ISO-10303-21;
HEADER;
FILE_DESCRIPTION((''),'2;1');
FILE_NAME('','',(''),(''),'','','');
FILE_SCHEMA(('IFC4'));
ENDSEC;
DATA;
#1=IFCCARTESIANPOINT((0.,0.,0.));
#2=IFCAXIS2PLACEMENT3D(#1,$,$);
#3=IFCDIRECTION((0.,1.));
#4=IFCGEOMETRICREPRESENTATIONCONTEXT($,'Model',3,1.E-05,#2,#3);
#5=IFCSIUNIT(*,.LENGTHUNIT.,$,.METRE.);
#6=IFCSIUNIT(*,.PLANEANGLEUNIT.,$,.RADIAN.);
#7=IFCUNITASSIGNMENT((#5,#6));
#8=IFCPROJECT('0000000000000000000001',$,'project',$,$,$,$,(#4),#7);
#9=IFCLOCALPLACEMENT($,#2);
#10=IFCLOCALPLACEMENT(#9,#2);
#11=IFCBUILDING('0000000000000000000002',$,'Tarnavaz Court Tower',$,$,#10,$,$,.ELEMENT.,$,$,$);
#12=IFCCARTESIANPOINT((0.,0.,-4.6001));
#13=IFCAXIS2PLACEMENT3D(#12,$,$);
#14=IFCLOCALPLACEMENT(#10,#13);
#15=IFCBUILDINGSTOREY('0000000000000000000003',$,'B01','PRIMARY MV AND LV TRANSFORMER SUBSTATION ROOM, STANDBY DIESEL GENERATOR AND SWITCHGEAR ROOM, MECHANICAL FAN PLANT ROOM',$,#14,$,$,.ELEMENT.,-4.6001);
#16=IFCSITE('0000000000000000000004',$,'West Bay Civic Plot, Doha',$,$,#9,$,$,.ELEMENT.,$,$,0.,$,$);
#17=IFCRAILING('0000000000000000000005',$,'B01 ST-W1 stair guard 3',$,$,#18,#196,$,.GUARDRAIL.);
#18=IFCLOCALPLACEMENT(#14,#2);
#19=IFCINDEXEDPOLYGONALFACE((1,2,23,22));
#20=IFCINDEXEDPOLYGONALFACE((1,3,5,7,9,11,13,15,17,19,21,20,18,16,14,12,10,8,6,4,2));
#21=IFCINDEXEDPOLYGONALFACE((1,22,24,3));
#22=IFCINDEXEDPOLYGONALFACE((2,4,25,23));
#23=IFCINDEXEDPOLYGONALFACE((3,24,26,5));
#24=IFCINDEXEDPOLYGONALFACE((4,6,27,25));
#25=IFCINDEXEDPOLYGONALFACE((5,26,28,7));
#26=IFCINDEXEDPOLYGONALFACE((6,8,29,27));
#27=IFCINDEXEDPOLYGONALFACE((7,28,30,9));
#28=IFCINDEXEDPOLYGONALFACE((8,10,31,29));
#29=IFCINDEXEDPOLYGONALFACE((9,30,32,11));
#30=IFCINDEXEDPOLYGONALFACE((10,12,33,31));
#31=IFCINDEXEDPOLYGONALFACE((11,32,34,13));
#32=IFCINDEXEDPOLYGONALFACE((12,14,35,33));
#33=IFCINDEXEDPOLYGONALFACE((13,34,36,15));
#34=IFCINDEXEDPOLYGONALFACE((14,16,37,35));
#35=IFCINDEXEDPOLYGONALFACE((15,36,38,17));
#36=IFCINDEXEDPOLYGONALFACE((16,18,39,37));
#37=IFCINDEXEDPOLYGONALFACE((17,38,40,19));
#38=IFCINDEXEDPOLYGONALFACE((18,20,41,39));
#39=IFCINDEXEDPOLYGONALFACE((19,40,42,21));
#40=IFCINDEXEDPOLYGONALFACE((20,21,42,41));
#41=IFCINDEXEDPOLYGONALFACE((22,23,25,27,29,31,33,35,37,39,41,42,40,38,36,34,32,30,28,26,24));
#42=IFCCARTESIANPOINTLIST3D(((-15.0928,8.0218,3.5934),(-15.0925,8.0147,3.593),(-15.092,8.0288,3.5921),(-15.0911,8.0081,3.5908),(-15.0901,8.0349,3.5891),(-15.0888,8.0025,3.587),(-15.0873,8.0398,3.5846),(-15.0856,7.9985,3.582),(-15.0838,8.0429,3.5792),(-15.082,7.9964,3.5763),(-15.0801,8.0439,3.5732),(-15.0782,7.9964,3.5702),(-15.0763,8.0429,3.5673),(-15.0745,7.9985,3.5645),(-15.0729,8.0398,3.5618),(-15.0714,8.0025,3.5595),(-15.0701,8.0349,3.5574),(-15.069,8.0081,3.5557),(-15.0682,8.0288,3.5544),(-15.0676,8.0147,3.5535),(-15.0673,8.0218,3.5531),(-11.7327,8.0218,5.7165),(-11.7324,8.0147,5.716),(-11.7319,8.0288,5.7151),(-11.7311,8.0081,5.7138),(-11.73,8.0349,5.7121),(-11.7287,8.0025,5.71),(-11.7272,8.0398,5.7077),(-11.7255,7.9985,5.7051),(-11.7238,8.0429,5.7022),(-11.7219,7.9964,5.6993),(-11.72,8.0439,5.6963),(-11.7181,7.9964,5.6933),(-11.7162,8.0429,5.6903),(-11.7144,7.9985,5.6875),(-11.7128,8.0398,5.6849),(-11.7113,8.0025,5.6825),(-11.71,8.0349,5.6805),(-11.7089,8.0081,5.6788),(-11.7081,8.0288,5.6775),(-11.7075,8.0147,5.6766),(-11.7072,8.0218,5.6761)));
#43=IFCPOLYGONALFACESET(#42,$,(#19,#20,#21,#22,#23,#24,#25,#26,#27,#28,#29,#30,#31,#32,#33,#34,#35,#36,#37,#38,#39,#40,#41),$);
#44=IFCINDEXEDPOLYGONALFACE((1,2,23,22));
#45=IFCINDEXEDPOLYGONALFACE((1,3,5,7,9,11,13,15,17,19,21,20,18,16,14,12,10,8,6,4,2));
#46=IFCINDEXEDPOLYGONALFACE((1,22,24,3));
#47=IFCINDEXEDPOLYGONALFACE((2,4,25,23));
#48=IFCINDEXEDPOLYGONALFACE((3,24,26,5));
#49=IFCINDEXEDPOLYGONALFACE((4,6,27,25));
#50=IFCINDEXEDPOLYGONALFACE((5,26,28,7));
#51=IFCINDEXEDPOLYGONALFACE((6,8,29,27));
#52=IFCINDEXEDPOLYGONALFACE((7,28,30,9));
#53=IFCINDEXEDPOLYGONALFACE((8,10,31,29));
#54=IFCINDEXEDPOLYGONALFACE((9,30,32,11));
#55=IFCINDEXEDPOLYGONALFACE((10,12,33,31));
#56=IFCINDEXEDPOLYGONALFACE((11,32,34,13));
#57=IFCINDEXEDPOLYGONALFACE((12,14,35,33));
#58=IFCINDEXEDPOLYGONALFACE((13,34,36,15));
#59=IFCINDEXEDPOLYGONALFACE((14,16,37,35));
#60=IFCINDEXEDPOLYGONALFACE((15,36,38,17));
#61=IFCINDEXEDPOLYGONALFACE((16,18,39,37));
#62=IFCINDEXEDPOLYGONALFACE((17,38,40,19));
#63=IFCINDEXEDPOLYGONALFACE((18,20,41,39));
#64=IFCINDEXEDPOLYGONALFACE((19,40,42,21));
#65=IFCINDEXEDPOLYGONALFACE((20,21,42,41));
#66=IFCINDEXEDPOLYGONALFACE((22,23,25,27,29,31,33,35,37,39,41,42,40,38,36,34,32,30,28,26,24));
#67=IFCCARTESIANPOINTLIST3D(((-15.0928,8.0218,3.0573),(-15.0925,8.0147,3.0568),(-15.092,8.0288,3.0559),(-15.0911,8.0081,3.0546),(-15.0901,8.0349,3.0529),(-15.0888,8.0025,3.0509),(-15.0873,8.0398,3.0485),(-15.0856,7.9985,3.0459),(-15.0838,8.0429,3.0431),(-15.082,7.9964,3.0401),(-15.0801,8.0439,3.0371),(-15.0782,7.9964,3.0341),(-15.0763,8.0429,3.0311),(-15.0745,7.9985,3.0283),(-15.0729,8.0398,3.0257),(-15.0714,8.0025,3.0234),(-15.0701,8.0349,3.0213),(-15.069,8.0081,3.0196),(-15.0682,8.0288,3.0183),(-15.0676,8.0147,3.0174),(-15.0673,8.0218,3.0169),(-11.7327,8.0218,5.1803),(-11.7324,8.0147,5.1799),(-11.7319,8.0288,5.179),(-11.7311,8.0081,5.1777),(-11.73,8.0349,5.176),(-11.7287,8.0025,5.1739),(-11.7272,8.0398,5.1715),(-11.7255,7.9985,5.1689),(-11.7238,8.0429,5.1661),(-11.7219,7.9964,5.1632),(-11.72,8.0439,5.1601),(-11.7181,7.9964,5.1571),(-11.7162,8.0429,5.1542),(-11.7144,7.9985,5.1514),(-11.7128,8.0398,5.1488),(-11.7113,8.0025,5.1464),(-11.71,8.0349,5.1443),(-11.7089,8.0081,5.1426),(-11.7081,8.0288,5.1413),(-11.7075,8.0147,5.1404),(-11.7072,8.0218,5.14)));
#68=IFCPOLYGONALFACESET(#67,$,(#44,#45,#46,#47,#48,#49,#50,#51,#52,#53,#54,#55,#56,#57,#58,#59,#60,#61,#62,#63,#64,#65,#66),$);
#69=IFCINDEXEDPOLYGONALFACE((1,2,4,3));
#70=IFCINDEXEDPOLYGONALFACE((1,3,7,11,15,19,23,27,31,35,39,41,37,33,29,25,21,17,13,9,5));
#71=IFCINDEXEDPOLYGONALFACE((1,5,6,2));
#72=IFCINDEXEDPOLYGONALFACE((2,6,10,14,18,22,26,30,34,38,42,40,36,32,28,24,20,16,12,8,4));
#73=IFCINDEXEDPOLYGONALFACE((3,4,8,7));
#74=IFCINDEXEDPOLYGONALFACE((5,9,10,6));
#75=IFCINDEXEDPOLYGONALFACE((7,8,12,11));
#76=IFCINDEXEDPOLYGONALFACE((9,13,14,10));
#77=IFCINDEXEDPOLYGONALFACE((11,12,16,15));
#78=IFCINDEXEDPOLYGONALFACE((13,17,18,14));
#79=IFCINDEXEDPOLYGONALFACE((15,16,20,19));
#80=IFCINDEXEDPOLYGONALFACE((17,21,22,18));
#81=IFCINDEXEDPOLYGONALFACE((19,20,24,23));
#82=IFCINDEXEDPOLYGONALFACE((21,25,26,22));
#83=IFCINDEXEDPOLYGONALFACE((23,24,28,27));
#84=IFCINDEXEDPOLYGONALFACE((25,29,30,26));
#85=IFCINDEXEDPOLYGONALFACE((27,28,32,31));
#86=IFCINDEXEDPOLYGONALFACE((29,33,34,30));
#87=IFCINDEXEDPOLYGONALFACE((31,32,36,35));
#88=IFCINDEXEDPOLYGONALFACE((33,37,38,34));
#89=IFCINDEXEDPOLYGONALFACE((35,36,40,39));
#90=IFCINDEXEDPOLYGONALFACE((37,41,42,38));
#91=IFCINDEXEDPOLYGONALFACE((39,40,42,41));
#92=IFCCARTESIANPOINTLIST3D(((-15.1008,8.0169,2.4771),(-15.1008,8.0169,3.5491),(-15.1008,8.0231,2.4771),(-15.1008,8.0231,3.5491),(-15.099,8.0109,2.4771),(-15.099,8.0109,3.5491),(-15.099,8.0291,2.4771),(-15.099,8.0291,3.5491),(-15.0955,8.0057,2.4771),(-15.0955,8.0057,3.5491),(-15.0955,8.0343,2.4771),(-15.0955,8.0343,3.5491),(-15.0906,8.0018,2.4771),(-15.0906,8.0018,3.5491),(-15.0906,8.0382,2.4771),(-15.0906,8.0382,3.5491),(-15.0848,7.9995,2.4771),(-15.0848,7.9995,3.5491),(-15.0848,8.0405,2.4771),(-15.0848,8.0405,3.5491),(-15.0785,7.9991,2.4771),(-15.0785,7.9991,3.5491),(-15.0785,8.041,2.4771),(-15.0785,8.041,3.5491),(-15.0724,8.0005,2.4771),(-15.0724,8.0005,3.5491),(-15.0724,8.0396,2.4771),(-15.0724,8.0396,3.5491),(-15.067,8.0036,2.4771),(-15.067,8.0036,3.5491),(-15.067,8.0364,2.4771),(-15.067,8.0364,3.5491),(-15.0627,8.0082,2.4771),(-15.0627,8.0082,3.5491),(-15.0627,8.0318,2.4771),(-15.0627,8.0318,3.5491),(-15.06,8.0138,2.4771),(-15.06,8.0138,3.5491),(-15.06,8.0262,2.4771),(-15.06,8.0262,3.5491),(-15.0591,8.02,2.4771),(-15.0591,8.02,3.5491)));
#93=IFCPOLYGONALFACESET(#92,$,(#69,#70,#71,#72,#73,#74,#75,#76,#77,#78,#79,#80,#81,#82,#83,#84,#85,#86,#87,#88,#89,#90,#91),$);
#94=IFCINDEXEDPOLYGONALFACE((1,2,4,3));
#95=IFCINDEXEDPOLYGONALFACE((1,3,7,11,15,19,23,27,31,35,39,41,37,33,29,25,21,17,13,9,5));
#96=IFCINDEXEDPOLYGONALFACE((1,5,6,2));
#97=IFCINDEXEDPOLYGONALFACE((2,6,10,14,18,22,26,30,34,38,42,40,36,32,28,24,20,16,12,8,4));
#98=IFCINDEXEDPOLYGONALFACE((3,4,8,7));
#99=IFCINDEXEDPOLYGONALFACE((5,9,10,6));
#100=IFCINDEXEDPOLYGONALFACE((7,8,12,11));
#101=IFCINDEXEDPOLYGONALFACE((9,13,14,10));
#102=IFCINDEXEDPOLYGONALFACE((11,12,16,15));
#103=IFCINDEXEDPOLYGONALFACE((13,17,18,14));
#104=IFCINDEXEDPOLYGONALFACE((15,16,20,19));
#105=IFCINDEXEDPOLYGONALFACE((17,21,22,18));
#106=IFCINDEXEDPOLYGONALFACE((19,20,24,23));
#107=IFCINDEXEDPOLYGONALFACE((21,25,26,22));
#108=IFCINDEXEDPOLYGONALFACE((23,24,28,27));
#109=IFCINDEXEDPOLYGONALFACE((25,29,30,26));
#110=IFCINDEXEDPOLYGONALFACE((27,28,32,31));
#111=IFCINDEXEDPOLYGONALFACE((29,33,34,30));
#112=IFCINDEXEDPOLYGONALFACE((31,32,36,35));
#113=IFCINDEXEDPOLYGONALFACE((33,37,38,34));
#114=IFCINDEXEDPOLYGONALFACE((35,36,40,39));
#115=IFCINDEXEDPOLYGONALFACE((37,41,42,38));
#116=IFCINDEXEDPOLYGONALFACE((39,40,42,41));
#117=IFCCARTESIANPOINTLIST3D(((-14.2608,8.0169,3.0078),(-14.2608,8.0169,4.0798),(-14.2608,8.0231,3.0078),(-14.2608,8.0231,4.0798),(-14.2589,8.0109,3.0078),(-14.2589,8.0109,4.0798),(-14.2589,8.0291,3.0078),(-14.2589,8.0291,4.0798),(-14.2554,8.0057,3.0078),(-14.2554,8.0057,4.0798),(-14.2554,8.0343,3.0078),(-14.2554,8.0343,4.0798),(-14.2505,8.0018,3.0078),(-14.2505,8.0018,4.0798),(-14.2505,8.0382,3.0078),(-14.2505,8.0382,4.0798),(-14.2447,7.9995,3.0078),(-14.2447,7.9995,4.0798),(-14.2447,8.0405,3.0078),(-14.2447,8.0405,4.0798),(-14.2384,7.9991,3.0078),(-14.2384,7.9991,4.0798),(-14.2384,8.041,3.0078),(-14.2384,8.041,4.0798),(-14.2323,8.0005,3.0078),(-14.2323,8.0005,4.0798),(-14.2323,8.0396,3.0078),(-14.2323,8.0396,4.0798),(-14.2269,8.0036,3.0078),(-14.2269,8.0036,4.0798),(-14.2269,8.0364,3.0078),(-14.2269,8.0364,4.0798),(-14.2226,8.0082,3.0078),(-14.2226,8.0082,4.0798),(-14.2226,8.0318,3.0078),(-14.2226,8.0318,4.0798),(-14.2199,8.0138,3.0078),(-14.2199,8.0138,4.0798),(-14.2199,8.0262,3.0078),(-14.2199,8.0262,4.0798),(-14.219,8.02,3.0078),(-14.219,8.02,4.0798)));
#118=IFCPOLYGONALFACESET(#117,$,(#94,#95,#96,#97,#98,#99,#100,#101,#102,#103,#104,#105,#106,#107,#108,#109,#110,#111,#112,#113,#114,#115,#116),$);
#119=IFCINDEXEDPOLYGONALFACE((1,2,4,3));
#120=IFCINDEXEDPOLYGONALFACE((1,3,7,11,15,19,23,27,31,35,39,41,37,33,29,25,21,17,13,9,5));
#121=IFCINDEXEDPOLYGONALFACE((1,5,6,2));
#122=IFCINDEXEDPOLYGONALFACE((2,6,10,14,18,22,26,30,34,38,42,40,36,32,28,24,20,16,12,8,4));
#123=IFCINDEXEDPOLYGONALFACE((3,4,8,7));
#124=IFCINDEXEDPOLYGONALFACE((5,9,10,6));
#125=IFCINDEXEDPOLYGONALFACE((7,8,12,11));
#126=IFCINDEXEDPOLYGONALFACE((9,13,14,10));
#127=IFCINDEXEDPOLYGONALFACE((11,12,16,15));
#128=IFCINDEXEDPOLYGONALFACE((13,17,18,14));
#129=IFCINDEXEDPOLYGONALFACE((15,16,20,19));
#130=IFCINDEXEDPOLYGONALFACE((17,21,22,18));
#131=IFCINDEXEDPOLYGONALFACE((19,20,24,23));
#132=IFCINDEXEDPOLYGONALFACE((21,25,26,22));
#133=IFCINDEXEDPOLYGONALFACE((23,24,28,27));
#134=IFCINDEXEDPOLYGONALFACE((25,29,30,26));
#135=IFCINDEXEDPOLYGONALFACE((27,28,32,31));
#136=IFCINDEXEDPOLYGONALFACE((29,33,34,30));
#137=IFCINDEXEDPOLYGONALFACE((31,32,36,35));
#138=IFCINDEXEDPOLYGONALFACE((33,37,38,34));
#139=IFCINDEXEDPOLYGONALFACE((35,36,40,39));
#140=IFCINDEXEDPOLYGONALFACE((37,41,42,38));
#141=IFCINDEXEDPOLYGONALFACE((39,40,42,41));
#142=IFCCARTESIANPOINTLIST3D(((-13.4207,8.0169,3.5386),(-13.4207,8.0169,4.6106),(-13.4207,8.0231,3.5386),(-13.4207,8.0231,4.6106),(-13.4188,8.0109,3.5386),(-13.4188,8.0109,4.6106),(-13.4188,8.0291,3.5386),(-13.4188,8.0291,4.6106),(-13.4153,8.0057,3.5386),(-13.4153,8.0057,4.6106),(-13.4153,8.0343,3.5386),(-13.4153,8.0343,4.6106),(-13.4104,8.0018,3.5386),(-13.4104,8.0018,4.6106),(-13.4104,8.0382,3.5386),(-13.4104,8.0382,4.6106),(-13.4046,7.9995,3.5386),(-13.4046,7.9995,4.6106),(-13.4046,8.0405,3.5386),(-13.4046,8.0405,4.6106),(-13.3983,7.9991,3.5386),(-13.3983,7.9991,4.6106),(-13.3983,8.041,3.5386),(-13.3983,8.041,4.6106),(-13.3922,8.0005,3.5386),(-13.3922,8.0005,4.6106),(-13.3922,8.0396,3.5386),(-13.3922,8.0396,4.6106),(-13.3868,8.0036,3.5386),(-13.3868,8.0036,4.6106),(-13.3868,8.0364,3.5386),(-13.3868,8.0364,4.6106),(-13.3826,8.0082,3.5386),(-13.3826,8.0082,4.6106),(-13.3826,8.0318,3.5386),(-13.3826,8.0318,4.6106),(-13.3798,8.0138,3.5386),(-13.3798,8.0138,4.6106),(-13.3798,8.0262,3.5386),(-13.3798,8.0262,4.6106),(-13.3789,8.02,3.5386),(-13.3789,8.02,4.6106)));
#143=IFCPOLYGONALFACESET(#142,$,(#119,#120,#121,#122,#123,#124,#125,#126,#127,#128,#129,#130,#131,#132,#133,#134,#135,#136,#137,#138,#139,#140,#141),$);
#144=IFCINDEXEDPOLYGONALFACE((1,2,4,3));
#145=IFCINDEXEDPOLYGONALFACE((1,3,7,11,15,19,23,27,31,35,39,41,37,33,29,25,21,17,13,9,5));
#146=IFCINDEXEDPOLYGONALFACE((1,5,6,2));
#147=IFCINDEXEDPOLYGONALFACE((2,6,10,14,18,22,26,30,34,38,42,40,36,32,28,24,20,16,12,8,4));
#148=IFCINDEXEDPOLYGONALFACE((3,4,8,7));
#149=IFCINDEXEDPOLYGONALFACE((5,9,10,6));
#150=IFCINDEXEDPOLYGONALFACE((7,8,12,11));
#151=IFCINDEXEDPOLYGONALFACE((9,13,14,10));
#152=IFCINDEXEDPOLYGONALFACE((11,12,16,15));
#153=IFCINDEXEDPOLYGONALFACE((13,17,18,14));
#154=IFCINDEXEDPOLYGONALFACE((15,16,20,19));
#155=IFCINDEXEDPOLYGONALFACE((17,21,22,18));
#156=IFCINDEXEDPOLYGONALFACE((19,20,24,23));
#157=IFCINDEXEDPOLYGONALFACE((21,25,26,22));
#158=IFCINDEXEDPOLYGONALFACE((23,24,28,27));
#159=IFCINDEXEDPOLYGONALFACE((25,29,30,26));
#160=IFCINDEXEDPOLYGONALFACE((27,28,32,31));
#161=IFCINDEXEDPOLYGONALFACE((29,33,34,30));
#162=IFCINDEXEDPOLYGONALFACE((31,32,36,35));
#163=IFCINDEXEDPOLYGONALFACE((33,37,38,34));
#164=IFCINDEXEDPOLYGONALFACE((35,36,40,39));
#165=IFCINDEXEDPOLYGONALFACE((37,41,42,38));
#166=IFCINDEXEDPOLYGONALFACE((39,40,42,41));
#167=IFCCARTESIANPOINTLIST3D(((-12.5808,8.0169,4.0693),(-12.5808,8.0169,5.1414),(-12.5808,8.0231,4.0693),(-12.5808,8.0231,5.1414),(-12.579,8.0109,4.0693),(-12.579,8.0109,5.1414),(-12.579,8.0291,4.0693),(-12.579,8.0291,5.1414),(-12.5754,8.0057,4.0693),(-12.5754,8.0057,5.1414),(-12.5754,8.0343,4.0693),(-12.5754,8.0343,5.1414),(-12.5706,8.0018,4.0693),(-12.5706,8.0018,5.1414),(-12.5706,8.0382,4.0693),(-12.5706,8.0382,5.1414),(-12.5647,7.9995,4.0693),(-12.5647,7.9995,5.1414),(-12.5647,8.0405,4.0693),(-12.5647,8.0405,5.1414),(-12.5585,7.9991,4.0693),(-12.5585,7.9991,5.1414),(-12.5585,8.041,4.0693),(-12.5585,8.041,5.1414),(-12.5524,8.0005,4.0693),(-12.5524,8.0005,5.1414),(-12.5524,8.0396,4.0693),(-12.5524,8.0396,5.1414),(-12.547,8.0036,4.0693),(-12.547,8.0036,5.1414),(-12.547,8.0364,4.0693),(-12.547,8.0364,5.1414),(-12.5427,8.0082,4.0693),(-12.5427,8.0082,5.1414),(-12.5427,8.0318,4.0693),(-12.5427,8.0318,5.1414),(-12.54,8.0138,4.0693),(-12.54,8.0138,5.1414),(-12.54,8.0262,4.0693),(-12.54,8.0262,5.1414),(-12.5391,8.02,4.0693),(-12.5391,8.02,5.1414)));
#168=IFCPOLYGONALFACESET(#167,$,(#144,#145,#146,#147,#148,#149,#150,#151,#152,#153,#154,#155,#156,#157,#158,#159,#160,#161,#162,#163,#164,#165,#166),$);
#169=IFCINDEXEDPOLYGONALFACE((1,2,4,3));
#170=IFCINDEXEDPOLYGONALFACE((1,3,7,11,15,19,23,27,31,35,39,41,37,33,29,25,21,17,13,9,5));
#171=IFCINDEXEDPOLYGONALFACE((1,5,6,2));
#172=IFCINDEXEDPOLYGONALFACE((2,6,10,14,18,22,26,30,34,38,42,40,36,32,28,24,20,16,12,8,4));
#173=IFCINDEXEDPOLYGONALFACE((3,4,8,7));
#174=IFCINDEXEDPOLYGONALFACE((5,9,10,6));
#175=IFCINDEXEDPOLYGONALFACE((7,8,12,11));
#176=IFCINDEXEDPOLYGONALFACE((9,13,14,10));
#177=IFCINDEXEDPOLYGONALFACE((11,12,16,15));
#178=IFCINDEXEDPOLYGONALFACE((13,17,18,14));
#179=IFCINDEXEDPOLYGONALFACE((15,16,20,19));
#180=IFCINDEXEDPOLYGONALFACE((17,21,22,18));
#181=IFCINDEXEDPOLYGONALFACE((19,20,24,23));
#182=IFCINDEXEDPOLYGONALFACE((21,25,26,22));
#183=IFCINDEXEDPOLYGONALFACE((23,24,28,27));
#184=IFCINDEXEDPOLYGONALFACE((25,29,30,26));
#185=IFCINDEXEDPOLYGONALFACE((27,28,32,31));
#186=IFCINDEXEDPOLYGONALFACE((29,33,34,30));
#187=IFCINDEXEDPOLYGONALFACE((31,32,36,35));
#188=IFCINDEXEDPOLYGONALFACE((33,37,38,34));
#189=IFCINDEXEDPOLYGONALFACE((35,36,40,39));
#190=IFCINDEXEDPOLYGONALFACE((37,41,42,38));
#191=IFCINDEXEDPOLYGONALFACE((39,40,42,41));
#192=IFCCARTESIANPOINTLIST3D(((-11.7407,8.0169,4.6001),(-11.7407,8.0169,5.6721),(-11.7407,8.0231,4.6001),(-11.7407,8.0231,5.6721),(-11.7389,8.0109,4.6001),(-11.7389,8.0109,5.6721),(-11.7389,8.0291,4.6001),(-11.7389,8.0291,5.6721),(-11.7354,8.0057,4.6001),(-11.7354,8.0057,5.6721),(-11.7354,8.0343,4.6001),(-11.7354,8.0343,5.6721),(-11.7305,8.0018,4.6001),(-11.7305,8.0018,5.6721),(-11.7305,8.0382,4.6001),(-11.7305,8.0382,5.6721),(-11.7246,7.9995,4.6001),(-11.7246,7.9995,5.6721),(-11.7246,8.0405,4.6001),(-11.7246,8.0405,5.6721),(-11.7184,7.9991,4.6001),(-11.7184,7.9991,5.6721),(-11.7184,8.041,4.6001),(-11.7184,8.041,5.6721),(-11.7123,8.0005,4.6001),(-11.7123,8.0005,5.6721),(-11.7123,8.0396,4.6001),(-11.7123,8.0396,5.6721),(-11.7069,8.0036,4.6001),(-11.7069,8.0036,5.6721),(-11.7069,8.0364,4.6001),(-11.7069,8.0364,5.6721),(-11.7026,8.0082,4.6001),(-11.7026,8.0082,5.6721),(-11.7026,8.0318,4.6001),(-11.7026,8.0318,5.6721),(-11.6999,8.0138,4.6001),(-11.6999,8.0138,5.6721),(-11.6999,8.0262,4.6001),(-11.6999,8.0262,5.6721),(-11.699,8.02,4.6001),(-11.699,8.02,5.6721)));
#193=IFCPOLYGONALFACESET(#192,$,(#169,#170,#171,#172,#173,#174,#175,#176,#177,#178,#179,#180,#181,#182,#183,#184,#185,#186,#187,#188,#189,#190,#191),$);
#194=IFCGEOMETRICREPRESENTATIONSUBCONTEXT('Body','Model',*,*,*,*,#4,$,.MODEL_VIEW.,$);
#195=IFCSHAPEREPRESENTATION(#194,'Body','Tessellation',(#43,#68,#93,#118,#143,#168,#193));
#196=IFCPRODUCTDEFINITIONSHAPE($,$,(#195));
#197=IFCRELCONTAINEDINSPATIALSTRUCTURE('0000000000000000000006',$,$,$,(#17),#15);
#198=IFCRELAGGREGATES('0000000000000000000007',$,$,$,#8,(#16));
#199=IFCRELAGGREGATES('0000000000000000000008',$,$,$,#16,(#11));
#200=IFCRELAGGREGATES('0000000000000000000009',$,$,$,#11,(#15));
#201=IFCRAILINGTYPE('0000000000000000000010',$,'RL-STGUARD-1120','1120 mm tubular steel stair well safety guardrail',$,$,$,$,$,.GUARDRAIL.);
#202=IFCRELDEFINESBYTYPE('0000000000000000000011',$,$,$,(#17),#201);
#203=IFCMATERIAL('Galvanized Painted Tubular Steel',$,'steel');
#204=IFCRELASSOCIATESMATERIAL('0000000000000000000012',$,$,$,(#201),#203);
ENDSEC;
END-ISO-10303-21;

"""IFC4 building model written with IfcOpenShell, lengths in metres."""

from ifc_helpers import new_model, si_unit, direction, frame, origin, origin_2d, place, context, subcontext, project, spatial, circle, extrude, material, type_object, element, save


model = new_model("IFC4")

# Units and contexts
model_context = context("Model", 3, precision=1e-05, world=origin(), true_north=direction((0.0, 1.0)))
body_context = subcontext(model_context, "Body", "Model", "MODEL_VIEW")
ifc_project = project(units=[si_unit("LENGTHUNIT", "METRE"), si_unit("PLANEANGLEUNIT", "RADIAN")], contexts=[model_context])

# Site, building, storey
site_placement = place(None, origin())
site = spatial("IfcSite", under=ifc_project, at=site_placement, Name="West Bay Civic Plot, Doha", CompositionType="ELEMENT", RefElevation=0.0)
building_placement = place(site_placement, origin())
building = spatial("IfcBuilding", under=site, at=building_placement, Name="Tarnavaz Court Tower", CompositionType="ELEMENT")
storey_placement = place(building_placement, frame((0.0, 0.0, -4.6001)))
storey = spatial("IfcBuildingStorey", under=building, at=storey_placement, Name="B01", Description="PRIMARY MV AND LV TRANSFORMER SUBSTATION ROOM, STANDBY DIESEL GENERATOR AND SWITCHGEAR ROOM, MECHANICAL FAN PLANT ROOM", CompositionType="ELEMENT", Elevation=-4.6001)

# Railing
ifc_material_1 = material(Name="Galvanized Painted Tubular Steel", Category="steel")
railing_type_1 = type_object("IfcRailingType", Name="RL-STGUARD-1120", Description="1120 mm tubular steel stair well safety guardrail", PredefinedType="GUARDRAIL", material=ifc_material_1)
railing_1_placement = place(storey_placement, frame((-15.0801, 8.02, 2.4771)))
element("IfcRailing", 1, at=railing_1_placement, inside=storey, type_object=railing_type_1, Name="B01 ST-W1 stair guard 3", PredefinedType="GUARDRAIL", context=body_context, shape_type="SweptSolid", body=[
    extrude(circle(Radius=0.0239, at=origin_2d()), frame((0.0, 0.0, 1.0962), z_axis=(0.84539, 0.0, 0.53415), x_axis=(0.0, 1.0, 0.0)), (0.0, 0.0, 1.0), 3.9746),
    extrude(circle(Radius=0.0239, at=origin_2d()), frame((0.0, 0.0, 0.5601), z_axis=(0.84539, 0.0, 0.53415), x_axis=(0.0, 1.0, 0.0)), (0.0, 0.0, 1.0), 3.9746),
    extrude(circle(Radius=0.021, at=origin_2d()), origin(), (0.0, 0.0, 1.0), 1.072),
    extrude(circle(Radius=0.021, at=origin_2d()), frame((0.8401, 0.0, 0.5308)), (0.0, 0.0, 1.0), 1.072),
    extrude(circle(Radius=0.021, at=origin_2d()), frame((1.6802, 0.0, 1.0615)), (0.0, 0.0, 1.0), 1.072),
    extrude(circle(Radius=0.021, at=origin_2d()), frame((2.52, 0.0, 1.5923)), (0.0, 0.0, 1.0), 1.072),
    extrude(circle(Radius=0.021, at=origin_2d()), frame((3.3601, 0.0, 2.123)), (0.0, 0.0, 1.0), 1.072),
])

save(model, "model.ifc")
